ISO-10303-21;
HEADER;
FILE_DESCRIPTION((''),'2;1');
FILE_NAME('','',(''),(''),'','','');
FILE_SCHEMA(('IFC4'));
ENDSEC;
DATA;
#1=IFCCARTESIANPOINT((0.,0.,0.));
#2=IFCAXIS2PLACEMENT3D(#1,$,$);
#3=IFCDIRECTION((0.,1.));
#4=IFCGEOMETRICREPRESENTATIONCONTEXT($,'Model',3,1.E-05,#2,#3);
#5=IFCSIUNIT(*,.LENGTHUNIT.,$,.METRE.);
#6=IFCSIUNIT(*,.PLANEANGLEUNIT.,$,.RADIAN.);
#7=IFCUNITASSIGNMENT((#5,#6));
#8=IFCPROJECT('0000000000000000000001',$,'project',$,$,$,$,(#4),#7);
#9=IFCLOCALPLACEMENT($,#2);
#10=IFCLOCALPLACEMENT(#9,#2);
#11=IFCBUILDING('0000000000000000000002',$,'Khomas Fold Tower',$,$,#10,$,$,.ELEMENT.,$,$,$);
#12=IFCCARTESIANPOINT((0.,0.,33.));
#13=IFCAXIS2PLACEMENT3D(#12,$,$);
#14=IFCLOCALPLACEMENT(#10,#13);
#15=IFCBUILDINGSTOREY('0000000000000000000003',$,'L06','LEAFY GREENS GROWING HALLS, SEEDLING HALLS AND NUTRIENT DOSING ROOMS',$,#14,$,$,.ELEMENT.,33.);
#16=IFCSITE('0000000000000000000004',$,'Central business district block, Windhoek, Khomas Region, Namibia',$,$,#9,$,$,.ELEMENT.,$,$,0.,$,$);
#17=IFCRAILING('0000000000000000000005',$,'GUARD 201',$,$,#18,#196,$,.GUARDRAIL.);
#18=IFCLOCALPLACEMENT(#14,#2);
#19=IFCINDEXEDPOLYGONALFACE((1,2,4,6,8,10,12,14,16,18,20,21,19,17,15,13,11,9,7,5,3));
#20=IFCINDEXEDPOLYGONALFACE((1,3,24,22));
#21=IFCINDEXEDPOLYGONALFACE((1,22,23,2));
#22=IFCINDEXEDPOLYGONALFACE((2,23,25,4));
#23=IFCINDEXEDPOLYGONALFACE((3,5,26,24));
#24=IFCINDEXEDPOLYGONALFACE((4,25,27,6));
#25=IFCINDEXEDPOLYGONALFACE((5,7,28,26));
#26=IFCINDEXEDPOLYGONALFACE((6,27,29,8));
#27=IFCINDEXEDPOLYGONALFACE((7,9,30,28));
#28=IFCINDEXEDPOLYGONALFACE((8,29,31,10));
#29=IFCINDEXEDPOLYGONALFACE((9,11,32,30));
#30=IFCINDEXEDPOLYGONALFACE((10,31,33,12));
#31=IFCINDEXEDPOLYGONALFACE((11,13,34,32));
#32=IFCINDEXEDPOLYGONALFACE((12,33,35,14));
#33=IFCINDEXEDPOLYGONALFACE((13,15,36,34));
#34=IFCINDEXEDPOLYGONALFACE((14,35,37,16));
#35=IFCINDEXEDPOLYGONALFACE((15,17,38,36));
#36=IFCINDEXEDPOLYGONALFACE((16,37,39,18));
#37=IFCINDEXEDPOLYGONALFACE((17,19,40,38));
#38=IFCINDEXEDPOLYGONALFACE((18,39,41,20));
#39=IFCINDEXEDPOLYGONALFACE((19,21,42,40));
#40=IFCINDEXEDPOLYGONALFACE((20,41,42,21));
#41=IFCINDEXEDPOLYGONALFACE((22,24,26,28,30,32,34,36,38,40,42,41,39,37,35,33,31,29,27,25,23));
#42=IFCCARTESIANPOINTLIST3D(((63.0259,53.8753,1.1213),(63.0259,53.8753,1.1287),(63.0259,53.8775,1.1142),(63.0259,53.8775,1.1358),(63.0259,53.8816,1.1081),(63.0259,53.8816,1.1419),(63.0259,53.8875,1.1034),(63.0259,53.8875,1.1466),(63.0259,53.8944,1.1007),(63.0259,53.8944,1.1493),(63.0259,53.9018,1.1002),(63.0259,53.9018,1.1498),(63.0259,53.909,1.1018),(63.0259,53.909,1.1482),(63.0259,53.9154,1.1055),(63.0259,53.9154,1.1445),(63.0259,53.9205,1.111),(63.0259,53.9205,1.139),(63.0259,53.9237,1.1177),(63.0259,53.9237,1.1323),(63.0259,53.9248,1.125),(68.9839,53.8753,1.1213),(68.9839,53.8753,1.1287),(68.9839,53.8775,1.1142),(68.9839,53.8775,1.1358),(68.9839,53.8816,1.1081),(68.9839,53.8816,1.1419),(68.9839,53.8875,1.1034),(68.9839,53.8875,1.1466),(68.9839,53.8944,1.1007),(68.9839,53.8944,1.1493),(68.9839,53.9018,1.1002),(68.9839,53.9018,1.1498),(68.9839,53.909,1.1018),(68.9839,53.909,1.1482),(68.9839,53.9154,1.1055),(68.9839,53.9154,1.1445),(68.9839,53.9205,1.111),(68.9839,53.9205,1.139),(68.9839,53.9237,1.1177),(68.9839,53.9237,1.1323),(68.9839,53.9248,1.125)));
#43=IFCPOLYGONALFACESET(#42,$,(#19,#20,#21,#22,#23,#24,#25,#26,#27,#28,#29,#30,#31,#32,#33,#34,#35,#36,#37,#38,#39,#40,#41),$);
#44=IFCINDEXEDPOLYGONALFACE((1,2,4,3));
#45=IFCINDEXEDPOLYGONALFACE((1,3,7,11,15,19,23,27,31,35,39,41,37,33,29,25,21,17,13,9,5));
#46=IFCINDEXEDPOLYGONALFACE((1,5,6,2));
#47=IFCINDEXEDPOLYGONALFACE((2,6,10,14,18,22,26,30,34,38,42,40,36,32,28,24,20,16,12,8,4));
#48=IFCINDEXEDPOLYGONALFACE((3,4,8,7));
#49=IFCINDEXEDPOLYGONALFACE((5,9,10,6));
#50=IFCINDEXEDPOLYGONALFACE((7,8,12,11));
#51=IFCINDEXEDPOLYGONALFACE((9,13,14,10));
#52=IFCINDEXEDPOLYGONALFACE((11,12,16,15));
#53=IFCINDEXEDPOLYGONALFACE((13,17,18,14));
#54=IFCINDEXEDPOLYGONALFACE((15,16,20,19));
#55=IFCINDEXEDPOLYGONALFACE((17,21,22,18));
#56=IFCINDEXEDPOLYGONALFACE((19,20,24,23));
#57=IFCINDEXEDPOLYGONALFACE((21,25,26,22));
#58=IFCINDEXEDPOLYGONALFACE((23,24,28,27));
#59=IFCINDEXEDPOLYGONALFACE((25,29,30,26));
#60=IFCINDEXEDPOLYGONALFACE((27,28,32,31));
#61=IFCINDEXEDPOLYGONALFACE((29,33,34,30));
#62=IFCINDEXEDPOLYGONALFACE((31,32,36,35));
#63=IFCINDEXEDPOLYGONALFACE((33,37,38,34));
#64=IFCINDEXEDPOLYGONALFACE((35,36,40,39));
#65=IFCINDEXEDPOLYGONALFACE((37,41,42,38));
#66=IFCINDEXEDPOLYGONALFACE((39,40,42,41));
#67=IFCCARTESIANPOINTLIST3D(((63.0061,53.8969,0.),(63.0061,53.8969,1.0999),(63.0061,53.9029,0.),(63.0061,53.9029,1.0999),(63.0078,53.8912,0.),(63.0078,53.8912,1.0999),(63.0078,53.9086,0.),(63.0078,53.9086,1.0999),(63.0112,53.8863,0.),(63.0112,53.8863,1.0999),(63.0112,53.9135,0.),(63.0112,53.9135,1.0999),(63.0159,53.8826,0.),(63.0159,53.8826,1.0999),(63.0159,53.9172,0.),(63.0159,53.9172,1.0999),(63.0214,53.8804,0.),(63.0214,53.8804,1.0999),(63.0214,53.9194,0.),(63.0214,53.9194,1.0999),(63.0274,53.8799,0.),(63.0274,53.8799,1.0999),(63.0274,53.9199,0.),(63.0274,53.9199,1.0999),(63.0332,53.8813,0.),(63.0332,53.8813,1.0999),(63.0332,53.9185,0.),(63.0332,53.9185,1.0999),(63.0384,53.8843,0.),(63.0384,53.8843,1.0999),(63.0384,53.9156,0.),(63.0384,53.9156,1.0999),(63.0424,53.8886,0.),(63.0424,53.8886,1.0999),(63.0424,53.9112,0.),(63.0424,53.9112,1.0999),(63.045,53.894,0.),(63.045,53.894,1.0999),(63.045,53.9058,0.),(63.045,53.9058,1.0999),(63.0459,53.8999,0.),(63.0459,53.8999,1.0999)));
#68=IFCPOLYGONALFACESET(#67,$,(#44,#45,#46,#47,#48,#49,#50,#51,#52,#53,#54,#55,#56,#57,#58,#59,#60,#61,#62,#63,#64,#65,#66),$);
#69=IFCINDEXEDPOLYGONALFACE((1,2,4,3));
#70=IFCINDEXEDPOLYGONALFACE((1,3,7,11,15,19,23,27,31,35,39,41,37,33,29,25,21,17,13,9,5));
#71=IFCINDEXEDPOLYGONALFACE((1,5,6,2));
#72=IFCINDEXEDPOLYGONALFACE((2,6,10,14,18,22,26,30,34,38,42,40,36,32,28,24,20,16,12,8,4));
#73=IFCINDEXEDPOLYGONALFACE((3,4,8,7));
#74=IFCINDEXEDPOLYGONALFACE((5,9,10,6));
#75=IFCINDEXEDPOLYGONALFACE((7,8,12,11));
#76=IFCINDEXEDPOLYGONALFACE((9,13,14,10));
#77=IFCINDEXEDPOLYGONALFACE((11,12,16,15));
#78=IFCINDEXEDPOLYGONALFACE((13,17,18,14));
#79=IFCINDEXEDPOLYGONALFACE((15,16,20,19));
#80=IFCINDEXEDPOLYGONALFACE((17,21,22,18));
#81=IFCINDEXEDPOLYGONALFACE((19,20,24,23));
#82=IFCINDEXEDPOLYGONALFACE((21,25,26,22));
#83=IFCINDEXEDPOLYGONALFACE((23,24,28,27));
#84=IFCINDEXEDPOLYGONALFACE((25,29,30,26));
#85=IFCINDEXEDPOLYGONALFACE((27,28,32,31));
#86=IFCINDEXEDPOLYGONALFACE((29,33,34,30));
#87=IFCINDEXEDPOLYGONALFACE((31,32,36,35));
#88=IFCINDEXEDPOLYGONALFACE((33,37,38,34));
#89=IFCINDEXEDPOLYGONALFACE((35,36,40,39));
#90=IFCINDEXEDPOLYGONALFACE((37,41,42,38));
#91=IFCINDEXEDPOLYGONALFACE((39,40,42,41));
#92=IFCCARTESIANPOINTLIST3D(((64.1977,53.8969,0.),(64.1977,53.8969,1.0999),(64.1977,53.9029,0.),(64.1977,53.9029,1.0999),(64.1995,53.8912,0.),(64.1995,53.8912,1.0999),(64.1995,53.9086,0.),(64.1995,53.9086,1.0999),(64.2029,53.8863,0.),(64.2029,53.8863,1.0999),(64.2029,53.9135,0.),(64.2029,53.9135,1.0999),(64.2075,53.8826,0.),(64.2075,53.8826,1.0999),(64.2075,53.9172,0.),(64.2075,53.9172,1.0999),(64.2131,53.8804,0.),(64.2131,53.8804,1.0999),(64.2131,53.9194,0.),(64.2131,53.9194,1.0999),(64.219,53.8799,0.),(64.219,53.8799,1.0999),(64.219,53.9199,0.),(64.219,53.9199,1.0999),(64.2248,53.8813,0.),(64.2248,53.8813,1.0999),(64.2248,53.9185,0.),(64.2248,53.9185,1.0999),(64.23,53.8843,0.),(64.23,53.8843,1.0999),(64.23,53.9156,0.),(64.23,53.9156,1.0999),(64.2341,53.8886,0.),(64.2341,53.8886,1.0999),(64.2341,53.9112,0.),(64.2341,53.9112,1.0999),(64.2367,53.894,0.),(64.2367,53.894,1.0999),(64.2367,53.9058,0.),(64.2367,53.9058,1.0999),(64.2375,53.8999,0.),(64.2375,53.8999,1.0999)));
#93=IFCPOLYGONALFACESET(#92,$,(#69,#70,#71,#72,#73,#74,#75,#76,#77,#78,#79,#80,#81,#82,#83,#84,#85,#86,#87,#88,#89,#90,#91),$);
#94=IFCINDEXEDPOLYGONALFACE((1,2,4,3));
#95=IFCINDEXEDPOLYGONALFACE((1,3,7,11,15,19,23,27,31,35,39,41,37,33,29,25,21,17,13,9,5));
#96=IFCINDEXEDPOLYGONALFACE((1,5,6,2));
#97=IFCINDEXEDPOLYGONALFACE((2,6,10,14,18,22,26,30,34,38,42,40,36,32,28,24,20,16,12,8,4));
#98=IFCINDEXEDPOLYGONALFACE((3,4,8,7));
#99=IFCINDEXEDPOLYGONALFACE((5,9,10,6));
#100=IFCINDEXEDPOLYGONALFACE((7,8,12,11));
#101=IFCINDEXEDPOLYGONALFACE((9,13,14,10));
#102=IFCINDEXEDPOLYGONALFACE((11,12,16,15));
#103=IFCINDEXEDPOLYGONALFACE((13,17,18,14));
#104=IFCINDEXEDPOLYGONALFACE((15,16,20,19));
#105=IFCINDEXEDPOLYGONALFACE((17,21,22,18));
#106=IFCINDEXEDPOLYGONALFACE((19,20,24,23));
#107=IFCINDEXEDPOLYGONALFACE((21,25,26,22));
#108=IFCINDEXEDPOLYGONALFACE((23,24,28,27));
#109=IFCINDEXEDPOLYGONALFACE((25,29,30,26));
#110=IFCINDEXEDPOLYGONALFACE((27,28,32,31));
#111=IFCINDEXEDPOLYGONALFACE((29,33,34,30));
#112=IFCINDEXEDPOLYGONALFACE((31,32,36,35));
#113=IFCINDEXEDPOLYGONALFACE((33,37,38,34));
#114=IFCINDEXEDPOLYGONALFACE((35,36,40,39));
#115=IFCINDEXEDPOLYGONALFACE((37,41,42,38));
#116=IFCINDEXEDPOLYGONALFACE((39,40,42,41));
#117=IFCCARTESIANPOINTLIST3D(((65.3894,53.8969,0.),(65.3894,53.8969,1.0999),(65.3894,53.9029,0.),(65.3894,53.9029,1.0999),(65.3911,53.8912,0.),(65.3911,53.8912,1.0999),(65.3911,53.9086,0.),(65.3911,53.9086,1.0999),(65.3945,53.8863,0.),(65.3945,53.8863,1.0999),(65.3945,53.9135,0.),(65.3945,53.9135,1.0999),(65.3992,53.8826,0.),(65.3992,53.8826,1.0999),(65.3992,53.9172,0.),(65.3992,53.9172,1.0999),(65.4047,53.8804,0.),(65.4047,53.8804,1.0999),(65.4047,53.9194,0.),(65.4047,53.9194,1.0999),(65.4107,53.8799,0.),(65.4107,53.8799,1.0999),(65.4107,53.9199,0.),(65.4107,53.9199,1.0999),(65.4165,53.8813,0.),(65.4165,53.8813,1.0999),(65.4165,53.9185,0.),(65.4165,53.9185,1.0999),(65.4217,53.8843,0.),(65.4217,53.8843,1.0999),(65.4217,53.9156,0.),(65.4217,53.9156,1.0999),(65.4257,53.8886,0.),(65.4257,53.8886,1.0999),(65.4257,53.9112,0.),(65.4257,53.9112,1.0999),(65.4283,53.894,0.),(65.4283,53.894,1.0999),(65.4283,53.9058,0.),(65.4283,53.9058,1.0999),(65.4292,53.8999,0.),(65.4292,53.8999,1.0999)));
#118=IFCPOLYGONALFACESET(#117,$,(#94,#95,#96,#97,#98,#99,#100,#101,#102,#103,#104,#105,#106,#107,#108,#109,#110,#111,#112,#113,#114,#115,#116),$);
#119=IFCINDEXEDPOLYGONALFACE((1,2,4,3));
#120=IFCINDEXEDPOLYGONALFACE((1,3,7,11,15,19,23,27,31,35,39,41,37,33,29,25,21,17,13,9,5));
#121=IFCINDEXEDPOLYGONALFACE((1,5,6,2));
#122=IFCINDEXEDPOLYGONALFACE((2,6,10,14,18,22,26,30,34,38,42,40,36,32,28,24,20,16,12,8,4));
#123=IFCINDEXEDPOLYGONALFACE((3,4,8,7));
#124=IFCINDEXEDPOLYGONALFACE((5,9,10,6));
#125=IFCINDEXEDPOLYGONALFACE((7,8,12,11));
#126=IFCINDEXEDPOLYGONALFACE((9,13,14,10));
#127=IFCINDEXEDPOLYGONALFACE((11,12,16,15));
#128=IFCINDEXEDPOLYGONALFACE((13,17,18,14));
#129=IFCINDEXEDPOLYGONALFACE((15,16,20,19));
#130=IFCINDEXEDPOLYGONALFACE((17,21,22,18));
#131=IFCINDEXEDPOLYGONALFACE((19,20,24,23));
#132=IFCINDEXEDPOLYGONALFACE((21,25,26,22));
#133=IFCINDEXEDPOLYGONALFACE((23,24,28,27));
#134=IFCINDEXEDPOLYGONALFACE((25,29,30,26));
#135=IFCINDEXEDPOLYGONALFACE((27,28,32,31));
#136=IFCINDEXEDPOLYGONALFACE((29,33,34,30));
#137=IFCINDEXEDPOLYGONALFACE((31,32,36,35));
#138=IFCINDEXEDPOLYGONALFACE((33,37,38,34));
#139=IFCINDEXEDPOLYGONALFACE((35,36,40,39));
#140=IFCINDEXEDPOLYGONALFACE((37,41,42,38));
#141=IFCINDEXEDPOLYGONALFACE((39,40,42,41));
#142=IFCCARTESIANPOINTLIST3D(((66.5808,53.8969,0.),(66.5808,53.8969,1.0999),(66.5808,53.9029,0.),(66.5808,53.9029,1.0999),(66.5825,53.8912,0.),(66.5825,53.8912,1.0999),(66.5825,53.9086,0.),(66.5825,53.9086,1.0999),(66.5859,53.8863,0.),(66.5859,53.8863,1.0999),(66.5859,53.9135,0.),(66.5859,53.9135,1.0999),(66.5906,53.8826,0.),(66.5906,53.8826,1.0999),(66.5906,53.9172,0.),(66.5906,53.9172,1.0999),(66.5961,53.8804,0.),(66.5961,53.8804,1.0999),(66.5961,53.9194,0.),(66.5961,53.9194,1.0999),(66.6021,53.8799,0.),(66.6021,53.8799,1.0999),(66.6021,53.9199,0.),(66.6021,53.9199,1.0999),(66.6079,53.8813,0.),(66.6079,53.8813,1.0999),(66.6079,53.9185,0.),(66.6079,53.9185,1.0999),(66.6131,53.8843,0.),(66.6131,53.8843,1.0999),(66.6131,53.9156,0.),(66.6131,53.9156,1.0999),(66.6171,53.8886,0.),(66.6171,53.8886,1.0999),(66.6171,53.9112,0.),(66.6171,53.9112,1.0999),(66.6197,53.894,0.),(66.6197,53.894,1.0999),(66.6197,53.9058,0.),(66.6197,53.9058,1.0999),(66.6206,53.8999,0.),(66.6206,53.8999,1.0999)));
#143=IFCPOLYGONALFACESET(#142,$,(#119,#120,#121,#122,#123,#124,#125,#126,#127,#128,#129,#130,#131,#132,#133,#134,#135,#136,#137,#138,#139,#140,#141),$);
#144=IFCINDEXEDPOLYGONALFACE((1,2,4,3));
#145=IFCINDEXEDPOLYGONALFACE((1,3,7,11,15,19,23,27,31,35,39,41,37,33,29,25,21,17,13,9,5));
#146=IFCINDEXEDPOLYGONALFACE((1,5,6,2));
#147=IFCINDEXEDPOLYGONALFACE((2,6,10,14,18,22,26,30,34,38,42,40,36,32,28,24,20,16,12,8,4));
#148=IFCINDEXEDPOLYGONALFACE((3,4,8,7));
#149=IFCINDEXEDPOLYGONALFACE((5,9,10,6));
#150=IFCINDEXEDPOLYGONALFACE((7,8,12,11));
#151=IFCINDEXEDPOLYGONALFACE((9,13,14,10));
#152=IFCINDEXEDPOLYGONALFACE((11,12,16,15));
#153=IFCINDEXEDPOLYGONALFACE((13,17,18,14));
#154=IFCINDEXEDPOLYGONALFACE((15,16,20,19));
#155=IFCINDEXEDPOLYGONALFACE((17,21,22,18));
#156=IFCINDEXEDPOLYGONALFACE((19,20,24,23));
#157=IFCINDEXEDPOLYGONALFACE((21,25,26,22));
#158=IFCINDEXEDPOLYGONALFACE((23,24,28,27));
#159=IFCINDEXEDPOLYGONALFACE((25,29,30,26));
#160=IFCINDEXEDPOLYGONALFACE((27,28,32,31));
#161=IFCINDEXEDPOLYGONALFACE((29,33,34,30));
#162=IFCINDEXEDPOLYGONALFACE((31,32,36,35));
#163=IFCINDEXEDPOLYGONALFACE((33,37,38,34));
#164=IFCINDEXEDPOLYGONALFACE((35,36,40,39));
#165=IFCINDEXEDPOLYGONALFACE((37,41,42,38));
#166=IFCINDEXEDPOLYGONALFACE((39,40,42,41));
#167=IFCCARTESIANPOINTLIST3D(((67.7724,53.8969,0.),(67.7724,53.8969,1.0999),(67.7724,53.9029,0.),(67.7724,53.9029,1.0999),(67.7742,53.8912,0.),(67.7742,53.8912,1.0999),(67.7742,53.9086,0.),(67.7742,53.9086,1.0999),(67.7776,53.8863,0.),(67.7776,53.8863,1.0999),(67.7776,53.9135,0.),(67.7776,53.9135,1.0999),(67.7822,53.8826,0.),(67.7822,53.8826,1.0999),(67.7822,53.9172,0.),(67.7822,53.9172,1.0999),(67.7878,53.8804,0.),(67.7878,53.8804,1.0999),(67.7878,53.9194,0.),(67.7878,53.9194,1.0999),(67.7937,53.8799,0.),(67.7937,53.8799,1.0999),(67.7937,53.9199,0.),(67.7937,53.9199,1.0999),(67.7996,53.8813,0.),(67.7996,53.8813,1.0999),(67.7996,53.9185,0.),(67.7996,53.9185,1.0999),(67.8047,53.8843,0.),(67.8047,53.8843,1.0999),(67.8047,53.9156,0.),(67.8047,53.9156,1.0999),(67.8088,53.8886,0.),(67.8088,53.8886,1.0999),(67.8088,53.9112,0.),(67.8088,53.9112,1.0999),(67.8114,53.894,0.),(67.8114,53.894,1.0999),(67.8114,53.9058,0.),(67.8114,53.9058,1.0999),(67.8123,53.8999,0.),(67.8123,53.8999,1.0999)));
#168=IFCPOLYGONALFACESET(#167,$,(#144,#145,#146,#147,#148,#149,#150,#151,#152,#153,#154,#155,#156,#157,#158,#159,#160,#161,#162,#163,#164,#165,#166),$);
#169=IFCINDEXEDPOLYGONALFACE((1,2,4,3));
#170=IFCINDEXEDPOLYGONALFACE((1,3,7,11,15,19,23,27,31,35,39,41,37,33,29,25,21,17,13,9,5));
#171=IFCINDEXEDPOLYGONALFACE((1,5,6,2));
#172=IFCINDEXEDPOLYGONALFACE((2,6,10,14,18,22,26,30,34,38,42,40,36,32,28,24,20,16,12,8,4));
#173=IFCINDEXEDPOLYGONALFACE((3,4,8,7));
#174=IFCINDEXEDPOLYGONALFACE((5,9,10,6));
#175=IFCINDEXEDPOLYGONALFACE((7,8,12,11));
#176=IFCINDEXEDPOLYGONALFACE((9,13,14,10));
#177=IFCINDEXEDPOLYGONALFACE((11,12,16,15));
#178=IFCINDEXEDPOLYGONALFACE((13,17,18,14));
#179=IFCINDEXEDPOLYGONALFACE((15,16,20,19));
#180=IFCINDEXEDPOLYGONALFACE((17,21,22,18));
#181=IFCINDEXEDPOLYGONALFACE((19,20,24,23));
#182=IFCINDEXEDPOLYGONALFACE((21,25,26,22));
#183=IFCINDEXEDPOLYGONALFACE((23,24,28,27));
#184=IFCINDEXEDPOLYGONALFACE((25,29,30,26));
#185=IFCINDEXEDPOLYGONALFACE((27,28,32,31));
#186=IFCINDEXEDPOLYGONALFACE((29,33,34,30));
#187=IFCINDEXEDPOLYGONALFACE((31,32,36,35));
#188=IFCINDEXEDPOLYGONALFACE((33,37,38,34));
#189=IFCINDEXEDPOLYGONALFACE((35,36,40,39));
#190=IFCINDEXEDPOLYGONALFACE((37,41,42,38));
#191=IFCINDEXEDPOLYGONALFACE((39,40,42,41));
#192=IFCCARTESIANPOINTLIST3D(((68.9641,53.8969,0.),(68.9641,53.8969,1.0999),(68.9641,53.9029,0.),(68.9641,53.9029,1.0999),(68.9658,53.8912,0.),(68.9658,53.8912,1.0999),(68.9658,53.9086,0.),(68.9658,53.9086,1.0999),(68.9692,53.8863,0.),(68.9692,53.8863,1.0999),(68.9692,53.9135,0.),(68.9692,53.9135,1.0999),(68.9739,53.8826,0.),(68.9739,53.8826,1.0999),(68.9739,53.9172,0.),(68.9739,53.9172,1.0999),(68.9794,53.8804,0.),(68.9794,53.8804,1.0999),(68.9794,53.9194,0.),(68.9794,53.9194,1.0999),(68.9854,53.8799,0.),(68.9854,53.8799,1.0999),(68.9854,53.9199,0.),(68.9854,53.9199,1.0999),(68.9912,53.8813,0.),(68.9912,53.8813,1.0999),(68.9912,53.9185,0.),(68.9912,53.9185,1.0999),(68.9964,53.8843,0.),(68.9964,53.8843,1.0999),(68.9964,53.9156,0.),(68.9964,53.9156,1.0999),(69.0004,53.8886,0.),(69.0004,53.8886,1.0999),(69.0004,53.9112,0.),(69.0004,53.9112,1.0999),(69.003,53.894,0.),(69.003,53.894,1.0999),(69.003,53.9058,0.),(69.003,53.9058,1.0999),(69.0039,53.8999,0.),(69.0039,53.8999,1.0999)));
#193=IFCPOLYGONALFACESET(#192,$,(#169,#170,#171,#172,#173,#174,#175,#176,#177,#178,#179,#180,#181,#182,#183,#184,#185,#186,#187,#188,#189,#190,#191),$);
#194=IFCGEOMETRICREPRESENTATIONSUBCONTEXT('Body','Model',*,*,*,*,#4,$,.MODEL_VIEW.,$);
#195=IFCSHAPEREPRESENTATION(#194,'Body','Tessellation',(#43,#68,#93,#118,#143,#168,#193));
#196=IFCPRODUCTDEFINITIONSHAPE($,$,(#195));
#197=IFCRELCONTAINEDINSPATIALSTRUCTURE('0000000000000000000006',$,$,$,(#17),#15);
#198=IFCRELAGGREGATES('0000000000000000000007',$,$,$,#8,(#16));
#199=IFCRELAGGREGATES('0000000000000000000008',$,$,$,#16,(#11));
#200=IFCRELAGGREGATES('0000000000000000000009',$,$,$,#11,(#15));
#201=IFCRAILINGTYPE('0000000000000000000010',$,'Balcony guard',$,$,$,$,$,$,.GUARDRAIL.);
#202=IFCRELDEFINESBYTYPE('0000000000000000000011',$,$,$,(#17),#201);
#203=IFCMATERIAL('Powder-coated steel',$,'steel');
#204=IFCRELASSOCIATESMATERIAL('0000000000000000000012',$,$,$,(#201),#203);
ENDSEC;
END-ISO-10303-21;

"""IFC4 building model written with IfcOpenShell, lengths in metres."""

from ifc_helpers import new_model, si_unit, direction, frame, origin, origin_2d, place, context, subcontext, project, spatial, circle, extrude, source, transform, mapped, material, type_object, element, save


model = new_model("IFC4")

# Units and contexts
model_context = context("Model", 3, precision=1e-05, world=origin(), true_north=direction((0.0, 1.0)))
body_context = subcontext(model_context, "Body", "Model", "MODEL_VIEW")
ifc_project = project(units=[si_unit("LENGTHUNIT", "METRE"), si_unit("PLANEANGLEUNIT", "RADIAN")], contexts=[model_context])

# Site, building, storey
site_placement = place(None, origin())
site = spatial("IfcSite", under=ifc_project, at=site_placement, Name="Central business district block, Windhoek, Khomas Region, Namibia", CompositionType="ELEMENT", RefElevation=0.0)
building_placement = place(site_placement, origin())
building = spatial("IfcBuilding", under=site, at=building_placement, Name="Khomas Fold Tower", CompositionType="ELEMENT")
storey_placement = place(building_placement, frame((0.0, 0.0, 33.0)))
storey = spatial("IfcBuildingStorey", under=building, at=storey_placement, Name="L06", Description="LEAFY GREENS GROWING HALLS, SEEDLING HALLS AND NUTRIENT DOSING ROOMS", CompositionType="ELEMENT", Elevation=33.0)

# Railing
ifc_material_1 = material(Name="Powder-coated steel", Category="steel")
railing_type = type_object("IfcRailingType", Name="Balcony guard", PredefinedType="GUARDRAIL", material=ifc_material_1)
shared_shape_1 = source(origin(), body_context, "Body", "SweptSolid", [
    extrude(circle(Radius=0.0249, at=origin_2d()), frame((0.0, 0.0, 1.125), z_axis=(1.0, 0.0, 0.0), x_axis=(0.0, 1.0, 0.0)), (0.0, 0.0, 1.0), 5.958),
    extrude(circle(Radius=0.02, at=origin_2d()), origin(), (0.0, 0.0, 1.0), 1.0999),
    extrude(circle(Radius=0.02, at=origin_2d()), frame((1.1917, 0.0, 0.0)), (0.0, 0.0, 1.0), 1.0999),
    extrude(circle(Radius=0.02, at=origin_2d()), frame((2.3833, 0.0, 0.0)), (0.0, 0.0, 1.0), 1.0999),
    extrude(circle(Radius=0.02, at=origin_2d()), frame((3.5747, 0.0, 0.0)), (0.0, 0.0, 1.0), 1.0999),
    extrude(circle(Radius=0.02, at=origin_2d()), frame((4.7664, 0.0, 0.0)), (0.0, 0.0, 1.0), 1.0999),
    extrude(circle(Radius=0.02, at=origin_2d()), frame((5.958, 0.0, 0.0)), (0.0, 0.0, 1.0), 1.0999),
])
for number, where, name in (
    (1, (63.0259, 53.8999, 0.0), "GUARD 201"),
):
    element("IfcRailing", number, at=place(storey_placement, frame(where)), inside=storey, type_object=railing_type, Name=name, PredefinedType="GUARDRAIL", context=body_context, shape_type="MappedRepresentation", body=[
        mapped(shared_shape_1, transform((0.0, 0.0, 0.0))),
    ])

save(model, "model.ifc")
